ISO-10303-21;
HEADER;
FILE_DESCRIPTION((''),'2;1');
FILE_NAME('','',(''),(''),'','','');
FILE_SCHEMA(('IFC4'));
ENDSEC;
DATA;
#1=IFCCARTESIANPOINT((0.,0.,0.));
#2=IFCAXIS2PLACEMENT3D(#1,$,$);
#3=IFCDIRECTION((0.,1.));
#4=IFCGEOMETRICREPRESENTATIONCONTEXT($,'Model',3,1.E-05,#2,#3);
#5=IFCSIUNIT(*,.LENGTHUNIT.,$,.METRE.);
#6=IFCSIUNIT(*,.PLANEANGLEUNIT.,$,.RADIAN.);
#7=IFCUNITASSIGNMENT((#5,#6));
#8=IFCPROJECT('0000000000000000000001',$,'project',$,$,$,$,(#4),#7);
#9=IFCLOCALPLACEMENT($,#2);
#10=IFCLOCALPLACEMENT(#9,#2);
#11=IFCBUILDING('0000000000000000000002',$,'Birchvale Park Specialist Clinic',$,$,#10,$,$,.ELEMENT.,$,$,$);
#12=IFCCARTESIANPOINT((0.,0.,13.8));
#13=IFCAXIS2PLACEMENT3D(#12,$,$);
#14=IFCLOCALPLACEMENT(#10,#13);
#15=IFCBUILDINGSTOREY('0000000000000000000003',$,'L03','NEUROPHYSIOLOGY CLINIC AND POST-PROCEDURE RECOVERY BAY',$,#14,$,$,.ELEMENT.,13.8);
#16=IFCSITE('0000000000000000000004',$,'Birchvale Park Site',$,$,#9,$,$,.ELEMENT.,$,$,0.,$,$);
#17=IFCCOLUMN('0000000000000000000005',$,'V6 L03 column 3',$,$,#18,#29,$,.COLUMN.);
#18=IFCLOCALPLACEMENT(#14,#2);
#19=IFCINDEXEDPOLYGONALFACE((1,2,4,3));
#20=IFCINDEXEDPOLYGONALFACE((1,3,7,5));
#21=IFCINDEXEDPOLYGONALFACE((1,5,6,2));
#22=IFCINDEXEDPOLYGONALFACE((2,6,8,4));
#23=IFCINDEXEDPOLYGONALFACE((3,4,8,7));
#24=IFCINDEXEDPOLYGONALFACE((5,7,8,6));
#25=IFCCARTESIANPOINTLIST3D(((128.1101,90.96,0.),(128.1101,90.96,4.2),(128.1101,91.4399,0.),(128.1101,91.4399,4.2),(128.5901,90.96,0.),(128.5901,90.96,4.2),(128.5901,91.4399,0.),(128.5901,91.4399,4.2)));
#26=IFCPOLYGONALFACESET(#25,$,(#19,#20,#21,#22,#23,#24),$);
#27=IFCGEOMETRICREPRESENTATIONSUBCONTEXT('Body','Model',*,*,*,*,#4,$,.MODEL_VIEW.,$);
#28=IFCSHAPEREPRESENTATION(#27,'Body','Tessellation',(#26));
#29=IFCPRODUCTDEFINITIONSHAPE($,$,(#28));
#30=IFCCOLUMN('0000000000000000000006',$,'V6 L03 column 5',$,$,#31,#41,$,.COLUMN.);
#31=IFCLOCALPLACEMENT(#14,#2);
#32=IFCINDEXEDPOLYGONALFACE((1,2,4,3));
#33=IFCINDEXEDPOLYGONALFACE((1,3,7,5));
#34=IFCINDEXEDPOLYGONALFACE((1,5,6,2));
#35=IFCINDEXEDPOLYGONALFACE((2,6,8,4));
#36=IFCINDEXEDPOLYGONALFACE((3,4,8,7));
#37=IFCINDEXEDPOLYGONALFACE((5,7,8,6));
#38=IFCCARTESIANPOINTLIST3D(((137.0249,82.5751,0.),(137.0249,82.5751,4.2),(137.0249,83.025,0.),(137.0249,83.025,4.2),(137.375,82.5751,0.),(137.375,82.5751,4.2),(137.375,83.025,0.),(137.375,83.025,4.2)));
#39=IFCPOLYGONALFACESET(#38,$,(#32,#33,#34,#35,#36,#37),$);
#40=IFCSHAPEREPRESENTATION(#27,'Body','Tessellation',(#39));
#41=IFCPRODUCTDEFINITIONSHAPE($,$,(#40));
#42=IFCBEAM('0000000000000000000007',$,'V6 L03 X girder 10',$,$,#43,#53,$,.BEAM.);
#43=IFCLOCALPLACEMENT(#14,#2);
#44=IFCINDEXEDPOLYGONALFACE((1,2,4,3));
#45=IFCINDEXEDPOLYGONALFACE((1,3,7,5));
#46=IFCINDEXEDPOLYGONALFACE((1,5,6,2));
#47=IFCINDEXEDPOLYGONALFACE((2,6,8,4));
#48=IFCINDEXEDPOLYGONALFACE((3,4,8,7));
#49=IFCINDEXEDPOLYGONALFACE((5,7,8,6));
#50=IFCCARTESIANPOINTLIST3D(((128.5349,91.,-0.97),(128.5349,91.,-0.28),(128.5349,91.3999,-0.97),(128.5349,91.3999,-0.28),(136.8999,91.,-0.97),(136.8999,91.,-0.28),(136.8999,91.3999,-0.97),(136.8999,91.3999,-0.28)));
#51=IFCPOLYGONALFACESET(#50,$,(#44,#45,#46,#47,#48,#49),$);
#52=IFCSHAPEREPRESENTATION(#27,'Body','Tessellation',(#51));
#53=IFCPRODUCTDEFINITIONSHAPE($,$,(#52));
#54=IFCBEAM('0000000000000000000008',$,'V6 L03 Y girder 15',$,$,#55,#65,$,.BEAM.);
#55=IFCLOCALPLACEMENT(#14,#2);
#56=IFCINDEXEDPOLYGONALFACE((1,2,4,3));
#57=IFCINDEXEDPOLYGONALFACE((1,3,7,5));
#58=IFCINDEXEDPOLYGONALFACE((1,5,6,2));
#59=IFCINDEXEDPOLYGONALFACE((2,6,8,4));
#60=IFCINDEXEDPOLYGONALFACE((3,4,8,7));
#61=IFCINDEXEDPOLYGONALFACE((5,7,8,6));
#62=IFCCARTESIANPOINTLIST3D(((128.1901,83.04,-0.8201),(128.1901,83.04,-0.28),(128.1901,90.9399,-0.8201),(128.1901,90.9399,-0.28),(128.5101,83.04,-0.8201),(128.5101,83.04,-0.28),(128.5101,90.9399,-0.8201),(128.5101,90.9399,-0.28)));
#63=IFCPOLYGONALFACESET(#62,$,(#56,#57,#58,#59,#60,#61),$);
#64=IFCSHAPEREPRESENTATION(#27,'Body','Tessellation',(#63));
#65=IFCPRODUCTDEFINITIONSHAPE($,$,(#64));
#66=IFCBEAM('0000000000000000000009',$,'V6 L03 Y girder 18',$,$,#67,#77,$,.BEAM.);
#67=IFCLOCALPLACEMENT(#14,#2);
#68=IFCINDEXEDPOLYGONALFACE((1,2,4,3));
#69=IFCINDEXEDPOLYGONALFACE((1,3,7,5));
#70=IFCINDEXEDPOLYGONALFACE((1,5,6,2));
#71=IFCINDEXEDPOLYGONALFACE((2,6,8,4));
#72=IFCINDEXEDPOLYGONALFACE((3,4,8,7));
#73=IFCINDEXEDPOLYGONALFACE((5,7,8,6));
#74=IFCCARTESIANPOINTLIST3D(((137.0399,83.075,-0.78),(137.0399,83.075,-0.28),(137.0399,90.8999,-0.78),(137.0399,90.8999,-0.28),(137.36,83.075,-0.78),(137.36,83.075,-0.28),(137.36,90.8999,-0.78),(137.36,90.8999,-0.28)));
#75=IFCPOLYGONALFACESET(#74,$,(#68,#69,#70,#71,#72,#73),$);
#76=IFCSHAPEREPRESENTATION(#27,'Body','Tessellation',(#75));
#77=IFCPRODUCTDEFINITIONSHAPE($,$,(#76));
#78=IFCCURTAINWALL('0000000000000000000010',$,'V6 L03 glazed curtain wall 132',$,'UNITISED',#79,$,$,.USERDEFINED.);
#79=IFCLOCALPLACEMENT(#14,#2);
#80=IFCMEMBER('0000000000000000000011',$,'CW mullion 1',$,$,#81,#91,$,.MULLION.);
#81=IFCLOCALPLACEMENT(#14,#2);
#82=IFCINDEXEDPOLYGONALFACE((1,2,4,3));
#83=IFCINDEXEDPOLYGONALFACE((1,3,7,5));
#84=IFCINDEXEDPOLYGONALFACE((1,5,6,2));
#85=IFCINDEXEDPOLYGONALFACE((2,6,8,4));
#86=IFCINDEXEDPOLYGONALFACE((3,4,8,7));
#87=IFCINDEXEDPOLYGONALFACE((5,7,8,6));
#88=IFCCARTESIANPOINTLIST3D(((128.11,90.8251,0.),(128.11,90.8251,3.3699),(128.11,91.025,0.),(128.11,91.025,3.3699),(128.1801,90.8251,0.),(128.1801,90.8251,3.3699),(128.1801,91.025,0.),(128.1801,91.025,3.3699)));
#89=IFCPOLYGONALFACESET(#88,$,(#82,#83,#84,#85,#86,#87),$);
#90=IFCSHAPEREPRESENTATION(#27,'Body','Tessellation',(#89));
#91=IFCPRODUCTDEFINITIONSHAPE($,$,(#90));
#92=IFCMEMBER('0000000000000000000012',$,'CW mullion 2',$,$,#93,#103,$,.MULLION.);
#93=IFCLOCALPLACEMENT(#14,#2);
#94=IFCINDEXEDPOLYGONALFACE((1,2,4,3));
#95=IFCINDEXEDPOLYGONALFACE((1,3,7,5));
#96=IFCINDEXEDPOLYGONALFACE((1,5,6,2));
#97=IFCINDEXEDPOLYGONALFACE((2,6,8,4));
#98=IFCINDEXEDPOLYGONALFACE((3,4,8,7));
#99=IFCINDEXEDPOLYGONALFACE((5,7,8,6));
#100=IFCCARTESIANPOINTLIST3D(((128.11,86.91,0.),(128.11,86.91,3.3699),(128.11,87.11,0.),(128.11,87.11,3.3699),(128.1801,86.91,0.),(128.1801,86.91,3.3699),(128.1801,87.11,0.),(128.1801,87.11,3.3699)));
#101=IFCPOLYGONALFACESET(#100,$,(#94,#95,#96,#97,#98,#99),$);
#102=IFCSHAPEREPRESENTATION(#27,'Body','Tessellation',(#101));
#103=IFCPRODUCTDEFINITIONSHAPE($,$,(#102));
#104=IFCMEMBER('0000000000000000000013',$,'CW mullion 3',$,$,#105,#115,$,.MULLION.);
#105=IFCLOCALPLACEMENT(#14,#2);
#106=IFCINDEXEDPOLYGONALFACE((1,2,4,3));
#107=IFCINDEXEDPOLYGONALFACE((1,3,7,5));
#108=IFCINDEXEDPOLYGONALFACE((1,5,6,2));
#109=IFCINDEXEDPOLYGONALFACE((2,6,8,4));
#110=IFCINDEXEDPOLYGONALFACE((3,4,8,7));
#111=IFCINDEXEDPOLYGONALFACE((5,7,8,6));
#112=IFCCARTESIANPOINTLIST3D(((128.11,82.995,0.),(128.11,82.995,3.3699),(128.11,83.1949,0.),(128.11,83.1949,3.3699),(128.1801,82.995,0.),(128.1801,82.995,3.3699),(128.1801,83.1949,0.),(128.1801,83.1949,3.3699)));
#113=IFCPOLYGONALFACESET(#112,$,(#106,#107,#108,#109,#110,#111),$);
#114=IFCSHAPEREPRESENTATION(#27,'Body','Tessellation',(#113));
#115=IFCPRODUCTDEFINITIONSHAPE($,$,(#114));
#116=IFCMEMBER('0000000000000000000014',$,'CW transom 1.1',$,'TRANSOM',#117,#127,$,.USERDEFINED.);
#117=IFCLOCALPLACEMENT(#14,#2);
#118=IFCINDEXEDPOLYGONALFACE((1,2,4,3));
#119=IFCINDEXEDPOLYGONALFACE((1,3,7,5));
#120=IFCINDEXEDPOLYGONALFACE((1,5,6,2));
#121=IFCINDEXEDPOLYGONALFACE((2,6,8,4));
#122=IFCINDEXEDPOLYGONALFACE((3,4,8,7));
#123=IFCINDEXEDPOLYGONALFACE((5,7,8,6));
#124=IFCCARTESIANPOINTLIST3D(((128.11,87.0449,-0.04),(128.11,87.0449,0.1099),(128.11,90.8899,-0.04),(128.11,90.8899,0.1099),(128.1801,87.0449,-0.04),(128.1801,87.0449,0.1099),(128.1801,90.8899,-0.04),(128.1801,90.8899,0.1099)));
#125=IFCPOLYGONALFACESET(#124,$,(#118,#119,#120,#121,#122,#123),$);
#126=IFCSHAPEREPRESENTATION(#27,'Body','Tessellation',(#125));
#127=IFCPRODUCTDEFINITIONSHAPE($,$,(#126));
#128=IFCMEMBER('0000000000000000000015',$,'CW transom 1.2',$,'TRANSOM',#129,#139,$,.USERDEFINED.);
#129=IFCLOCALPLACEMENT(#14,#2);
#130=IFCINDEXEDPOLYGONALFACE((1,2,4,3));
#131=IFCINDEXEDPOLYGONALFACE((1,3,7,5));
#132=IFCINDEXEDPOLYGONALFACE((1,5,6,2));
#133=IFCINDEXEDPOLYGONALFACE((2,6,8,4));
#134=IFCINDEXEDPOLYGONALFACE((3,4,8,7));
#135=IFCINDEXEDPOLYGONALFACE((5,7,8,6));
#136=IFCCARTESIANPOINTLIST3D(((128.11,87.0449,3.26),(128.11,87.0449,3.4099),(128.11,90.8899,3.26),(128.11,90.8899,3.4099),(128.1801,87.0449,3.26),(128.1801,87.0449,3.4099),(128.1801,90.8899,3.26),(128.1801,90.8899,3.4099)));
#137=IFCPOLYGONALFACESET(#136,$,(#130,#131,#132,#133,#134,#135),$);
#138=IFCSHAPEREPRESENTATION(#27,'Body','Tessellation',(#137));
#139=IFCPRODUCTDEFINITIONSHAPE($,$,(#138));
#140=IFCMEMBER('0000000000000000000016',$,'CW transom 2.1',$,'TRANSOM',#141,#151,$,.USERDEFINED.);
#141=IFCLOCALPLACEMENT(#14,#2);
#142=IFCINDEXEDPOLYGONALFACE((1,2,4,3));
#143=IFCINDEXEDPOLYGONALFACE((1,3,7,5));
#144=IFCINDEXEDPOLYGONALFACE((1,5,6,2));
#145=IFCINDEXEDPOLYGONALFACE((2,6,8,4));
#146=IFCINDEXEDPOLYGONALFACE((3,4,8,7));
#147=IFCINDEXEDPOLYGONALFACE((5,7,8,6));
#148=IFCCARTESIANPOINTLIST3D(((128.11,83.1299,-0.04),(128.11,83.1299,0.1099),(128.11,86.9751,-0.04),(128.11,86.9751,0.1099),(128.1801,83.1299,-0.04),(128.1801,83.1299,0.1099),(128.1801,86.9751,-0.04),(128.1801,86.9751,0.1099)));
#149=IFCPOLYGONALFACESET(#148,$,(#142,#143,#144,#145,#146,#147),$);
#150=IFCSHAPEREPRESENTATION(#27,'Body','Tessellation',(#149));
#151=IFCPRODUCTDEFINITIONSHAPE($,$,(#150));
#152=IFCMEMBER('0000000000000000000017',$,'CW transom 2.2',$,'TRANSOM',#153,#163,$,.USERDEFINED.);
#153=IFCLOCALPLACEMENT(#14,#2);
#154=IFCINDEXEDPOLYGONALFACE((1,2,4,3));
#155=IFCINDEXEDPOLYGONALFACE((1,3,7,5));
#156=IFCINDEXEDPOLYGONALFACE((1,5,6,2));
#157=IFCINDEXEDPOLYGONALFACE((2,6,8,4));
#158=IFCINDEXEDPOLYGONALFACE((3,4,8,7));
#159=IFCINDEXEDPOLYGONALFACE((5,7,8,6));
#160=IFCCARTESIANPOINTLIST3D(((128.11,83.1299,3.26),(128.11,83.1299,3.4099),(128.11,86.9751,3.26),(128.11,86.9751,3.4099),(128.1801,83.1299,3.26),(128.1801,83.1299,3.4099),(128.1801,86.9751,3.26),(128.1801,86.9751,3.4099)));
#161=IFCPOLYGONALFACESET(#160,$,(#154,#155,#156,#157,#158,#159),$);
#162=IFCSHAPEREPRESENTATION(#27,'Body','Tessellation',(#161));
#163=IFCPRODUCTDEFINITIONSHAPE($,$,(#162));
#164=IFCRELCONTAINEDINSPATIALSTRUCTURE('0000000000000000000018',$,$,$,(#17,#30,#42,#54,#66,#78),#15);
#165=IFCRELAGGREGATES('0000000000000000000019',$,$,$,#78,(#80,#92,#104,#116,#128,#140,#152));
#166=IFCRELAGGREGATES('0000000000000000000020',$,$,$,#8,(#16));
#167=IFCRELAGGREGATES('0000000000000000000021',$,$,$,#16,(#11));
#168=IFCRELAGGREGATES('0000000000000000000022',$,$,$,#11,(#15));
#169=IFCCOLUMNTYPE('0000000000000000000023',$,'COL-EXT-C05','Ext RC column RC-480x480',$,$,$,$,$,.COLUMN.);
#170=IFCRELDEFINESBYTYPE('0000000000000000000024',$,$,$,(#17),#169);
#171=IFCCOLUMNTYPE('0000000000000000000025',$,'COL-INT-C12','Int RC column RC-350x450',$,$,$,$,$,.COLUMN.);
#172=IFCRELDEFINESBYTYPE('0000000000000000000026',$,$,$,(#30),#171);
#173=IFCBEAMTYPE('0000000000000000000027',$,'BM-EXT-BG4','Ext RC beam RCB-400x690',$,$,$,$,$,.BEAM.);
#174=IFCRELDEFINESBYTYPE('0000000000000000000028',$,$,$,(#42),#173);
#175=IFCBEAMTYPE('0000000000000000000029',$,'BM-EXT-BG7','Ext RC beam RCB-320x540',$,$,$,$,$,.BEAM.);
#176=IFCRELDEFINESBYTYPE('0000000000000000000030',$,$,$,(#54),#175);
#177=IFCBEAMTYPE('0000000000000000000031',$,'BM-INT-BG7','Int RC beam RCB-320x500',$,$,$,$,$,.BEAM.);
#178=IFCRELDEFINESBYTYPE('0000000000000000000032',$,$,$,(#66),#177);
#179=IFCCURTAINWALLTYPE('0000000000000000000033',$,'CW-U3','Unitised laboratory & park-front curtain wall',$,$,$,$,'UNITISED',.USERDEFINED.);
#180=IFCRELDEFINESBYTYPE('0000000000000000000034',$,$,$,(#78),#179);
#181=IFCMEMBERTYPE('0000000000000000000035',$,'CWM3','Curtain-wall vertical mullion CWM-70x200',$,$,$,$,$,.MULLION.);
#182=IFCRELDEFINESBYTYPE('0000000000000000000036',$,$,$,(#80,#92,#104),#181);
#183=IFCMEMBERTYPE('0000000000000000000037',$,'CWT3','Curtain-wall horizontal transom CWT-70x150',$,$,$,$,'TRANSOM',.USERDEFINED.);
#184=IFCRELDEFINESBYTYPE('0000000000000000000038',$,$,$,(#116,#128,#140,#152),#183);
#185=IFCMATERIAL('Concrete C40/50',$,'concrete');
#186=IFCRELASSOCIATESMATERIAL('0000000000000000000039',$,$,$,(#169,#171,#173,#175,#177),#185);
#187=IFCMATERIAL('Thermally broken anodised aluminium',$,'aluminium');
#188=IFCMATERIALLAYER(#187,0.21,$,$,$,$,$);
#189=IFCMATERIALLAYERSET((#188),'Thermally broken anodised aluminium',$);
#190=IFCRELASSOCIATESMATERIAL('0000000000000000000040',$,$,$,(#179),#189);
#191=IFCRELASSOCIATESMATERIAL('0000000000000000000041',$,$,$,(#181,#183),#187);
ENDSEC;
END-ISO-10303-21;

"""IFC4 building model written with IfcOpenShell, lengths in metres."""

from ifc_helpers import new_model, si_unit, direction, frame, origin, origin_2d, place, context, subcontext, project, spatial, rectangle, extrude, material, layer, layer_set, material_profile, profile_set, type_object, element, aggregate, save


model = new_model("IFC4")

# Units and contexts
model_context = context("Model", 3, precision=1e-05, world=origin(), true_north=direction((0.0, 1.0)))
body_context = subcontext(model_context, "Body", "Model", "MODEL_VIEW")
ifc_project = project(units=[si_unit("LENGTHUNIT", "METRE"), si_unit("PLANEANGLEUNIT", "RADIAN")], contexts=[model_context])

# Site, building, storey
site_placement = place(None, origin())
site = spatial("IfcSite", under=ifc_project, at=site_placement, Name="Birchvale Park Site", CompositionType="ELEMENT", RefElevation=0.0)
building_placement = place(site_placement, origin())
building = spatial("IfcBuilding", under=site, at=building_placement, Name="Birchvale Park Specialist Clinic", CompositionType="ELEMENT")
storey_placement = place(building_placement, frame((0.0, 0.0, 13.8)))
storey = spatial("IfcBuildingStorey", under=building, at=storey_placement, Name="L03", Description="NEUROPHYSIOLOGY CLINIC AND POST-PROCEDURE RECOVERY BAY", CompositionType="ELEMENT", Elevation=13.8)

# Columns
ifc_material_1 = material(Name="Concrete C40/50", Category="concrete")
ifc_material_profile_1 = material_profile(ifc_material_1, rectangle(XDim=0.48, YDim=0.48, at=origin_2d()), Name="RC-480x480")
ifc_profile_set_1 = profile_set([ifc_material_profile_1], Name="Concrete C40/50")
column_type_1 = type_object("IfcColumnType", Name="COL-EXT-C05", Description="Ext RC column RC-480x480", PredefinedType="COLUMN", material=ifc_profile_set_1)
column_1_placement = place(storey_placement, frame((128.3501, 91.2, 0.0), z_axis=(0.0, 0.0, 1.0), x_axis=(1.0, 0.0, 0.0)))
element("IfcColumn", 1, at=column_1_placement, inside=storey, type_object=column_type_1, Name="V6 L03 column 3", PredefinedType="COLUMN", context=body_context, shape_type="SweptSolid", body=[
    extrude(rectangle(XDim=0.48, YDim=0.48, at=origin_2d()), origin(), (0.0, 0.0, 1.0), 4.2),
])
ifc_material_profile_2 = material_profile(ifc_material_1, rectangle(XDim=0.3501, YDim=0.45, at=origin_2d()), Name="RC-350x450")
ifc_profile_set_2 = profile_set([ifc_material_profile_2], Name="Concrete C40/50")
column_type_2 = type_object("IfcColumnType", Name="COL-INT-C12", Description="Int RC column RC-350x450", PredefinedType="COLUMN", material=ifc_profile_set_2)
column_2_placement = place(storey_placement, frame((137.2, 82.8, 0.0), z_axis=(0.0, 0.0, 1.0), x_axis=(1.0, 0.0, 0.0)))
element("IfcColumn", 2, at=column_2_placement, inside=storey, type_object=column_type_2, Name="V6 L03 column 5", PredefinedType="COLUMN", context=body_context, shape_type="SweptSolid", body=[
    extrude(rectangle(XDim=0.3501, YDim=0.45, at=origin_2d()), origin(), (0.0, 0.0, 1.0), 4.2),
])

# Beams
ifc_material_profile_3 = material_profile(ifc_material_1, rectangle(XDim=0.3999, YDim=0.6899, at=origin_2d()), Name="RCB-400x690")
ifc_profile_set_3 = profile_set([ifc_material_profile_3], Name="Concrete C40/50")
beam_type_1 = type_object("IfcBeamType", Name="BM-EXT-BG4", Description="Ext RC beam RCB-400x690", PredefinedType="BEAM", material=ifc_profile_set_3)
beam_1_placement = place(storey_placement, frame((128.5349, 91.2, -0.625), z_axis=(1.0, 0.0, 0.0), x_axis=(0.0, 1.0, 0.0)))
element("IfcBeam", 3, at=beam_1_placement, inside=storey, type_object=beam_type_1, Name="V6 L03 X girder 10", PredefinedType="BEAM", context=body_context, shape_type="SweptSolid", body=[
    extrude(rectangle(XDim=0.3999, YDim=0.6899, at=origin_2d()), origin(), (0.0, 0.0, 1.0), 8.365),
])
ifc_material_profile_4 = material_profile(ifc_material_1, rectangle(XDim=0.3201, YDim=0.54, at=origin_2d()), Name="RCB-320x540")
ifc_profile_set_4 = profile_set([ifc_material_profile_4], Name="Concrete C40/50")
beam_type_2 = type_object("IfcBeamType", Name="BM-EXT-BG7", Description="Ext RC beam RCB-320x540", PredefinedType="BEAM", material=ifc_profile_set_4)
beam_2_placement = place(storey_placement, frame((128.3501, 83.04, -0.55), z_axis=(0.0, 1.0, 0.0), x_axis=(-1.0, 0.0, 0.0)))
element("IfcBeam", 4, at=beam_2_placement, inside=storey, type_object=beam_type_2, Name="V6 L03 Y girder 15", PredefinedType="BEAM", context=body_context, shape_type="SweptSolid", body=[
    extrude(rectangle(XDim=0.3201, YDim=0.54, at=origin_2d()), origin(), (0.0, 0.0, 1.0), 7.8999),
])
ifc_material_profile_5 = material_profile(ifc_material_1, rectangle(XDim=0.3201, YDim=0.5, at=origin_2d()), Name="RCB-320x500")
ifc_profile_set_5 = profile_set([ifc_material_profile_5], Name="Concrete C40/50")
beam_type_3 = type_object("IfcBeamType", Name="BM-INT-BG7", Description="Int RC beam RCB-320x500", PredefinedType="BEAM", material=ifc_profile_set_5)
beam_3_placement = place(storey_placement, frame((137.2, 83.075, -0.53), z_axis=(0.0, 1.0, 0.0), x_axis=(-1.0, 0.0, 0.0)))
element("IfcBeam", 5, at=beam_3_placement, inside=storey, type_object=beam_type_3, Name="V6 L03 Y girder 18", PredefinedType="BEAM", context=body_context, shape_type="SweptSolid", body=[
    extrude(rectangle(XDim=0.3201, YDim=0.5, at=origin_2d()), origin(), (0.0, 0.0, 1.0), 7.825),
])

# Curtain wall, members
ifc_material_2 = material(Name="Thermally broken anodised aluminium", Category="aluminium")
ifc_layer_1 = layer(ifc_material_2, 0.21)
ifc_layer_set_1 = layer_set([ifc_layer_1], Name="Thermally broken anodised aluminium")
curtain_wall_type = type_object("IfcCurtainWallType", Name="CW-U3", Description="Unitised laboratory & park-front curtain wall", ElementType="UNITISED", PredefinedType="USERDEFINED", material=ifc_layer_set_1)
curtain_wall_placement = place(storey_placement, origin())
curtain_wall = element("IfcCurtainWall", 6, at=curtain_wall_placement, inside=storey, type_object=curtain_wall_type, Name="V6 L03 glazed curtain wall 132", ObjectType="UNITISED", PredefinedType="USERDEFINED")
ifc_material_profile_6 = material_profile(ifc_material_2, rectangle(XDim=0.0701, YDim=0.2, at=origin_2d()), Name="CWM-70x200")
ifc_profile_set_6 = profile_set([ifc_material_profile_6], Name="Thermally broken anodised aluminium")
member_type_1 = type_object("IfcMemberType", Name="CWM3", Description="Curtain-wall vertical mullion CWM-70x200", PredefinedType="MULLION", material=ifc_profile_set_6)
member_1_placement = place(storey_placement, frame((128.145, 90.925, 0.0), z_axis=(0.0, 0.0, 1.0), x_axis=(1.0, 0.0, 0.0)))
member_1 = element("IfcMember", 7, at=member_1_placement, type_object=member_type_1, Name="CW mullion 1", PredefinedType="MULLION", context=body_context, shape_type="SweptSolid", body=[
    extrude(rectangle(XDim=0.0701, YDim=0.2, at=origin_2d()), origin(), (0.0, 0.0, 1.0), 3.3699),
])
member_2_placement = place(storey_placement, frame((128.145, 87.01, 0.0), z_axis=(0.0, 0.0, 1.0), x_axis=(1.0, 0.0, 0.0)))
member_2 = element("IfcMember", 8, at=member_2_placement, type_object=member_type_1, Name="CW mullion 2", PredefinedType="MULLION", context=body_context, shape_type="SweptSolid", body=[
    extrude(rectangle(XDim=0.0701, YDim=0.2, at=origin_2d()), origin(), (0.0, 0.0, 1.0), 3.3699),
])
member_3_placement = place(storey_placement, frame((128.145, 83.095, 0.0), z_axis=(0.0, 0.0, 1.0), x_axis=(1.0, 0.0, 0.0)))
member_3 = element("IfcMember", 9, at=member_3_placement, type_object=member_type_1, Name="CW mullion 3", PredefinedType="MULLION", context=body_context, shape_type="SweptSolid", body=[
    extrude(rectangle(XDim=0.0701, YDim=0.2, at=origin_2d()), origin(), (0.0, 0.0, 1.0), 3.3699),
])
ifc_material_profile_7 = material_profile(ifc_material_2, rectangle(XDim=0.0701, YDim=0.1499, at=origin_2d()), Name="CWT-70x150")
ifc_profile_set_7 = profile_set([ifc_material_profile_7], Name="Thermally broken anodised aluminium")
member_type_2 = type_object("IfcMemberType", Name="CWT3", Description="Curtain-wall horizontal transom CWT-70x150", ElementType="TRANSOM", PredefinedType="USERDEFINED", material=ifc_profile_set_7)
member_4_placement = place(storey_placement, frame((128.145, 90.8899, 0.0349), z_axis=(0.0, -1.0, 0.0), x_axis=(1.0, 0.0, 0.0)))
member_4 = element("IfcMember", 10, at=member_4_placement, type_object=member_type_2, Name="CW transom 1.1", ObjectType="TRANSOM", PredefinedType="USERDEFINED", context=body_context, shape_type="SweptSolid", body=[
    extrude(rectangle(XDim=0.0701, YDim=0.1499, at=origin_2d()), origin(), (0.0, 0.0, 1.0), 3.845),
])
member_5_placement = place(storey_placement, frame((128.145, 90.8899, 3.335), z_axis=(0.0, -1.0, 0.0), x_axis=(1.0, 0.0, 0.0)))
member_5 = element("IfcMember", 11, at=member_5_placement, type_object=member_type_2, Name="CW transom 1.2", ObjectType="TRANSOM", PredefinedType="USERDEFINED", context=body_context, shape_type="SweptSolid", body=[
    extrude(rectangle(XDim=0.0701, YDim=0.1499, at=origin_2d()), origin(), (0.0, 0.0, 1.0), 3.845),
])
member_6_placement = place(storey_placement, frame((128.145, 86.9751, 0.0349), z_axis=(0.0, -1.0, 0.0), x_axis=(1.0, 0.0, 0.0)))
member_6 = element("IfcMember", 12, at=member_6_placement, type_object=member_type_2, Name="CW transom 2.1", ObjectType="TRANSOM", PredefinedType="USERDEFINED", context=body_context, shape_type="SweptSolid", body=[
    extrude(rectangle(XDim=0.0701, YDim=0.1499, at=origin_2d()), origin(), (0.0, 0.0, 1.0), 3.8452),
])
member_7_placement = place(storey_placement, frame((128.145, 86.9751, 3.335), z_axis=(0.0, -1.0, 0.0), x_axis=(1.0, 0.0, 0.0)))
member_7 = element("IfcMember", 13, at=member_7_placement, type_object=member_type_2, Name="CW transom 2.2", ObjectType="TRANSOM", PredefinedType="USERDEFINED", context=body_context, shape_type="SweptSolid", body=[
    extrude(rectangle(XDim=0.0701, YDim=0.1499, at=origin_2d()), origin(), (0.0, 0.0, 1.0), 3.8452),
])

aggregate(curtain_wall, [member_1, member_2, member_3, member_4, member_5, member_6, member_7])

save(model, "model.ifc")
